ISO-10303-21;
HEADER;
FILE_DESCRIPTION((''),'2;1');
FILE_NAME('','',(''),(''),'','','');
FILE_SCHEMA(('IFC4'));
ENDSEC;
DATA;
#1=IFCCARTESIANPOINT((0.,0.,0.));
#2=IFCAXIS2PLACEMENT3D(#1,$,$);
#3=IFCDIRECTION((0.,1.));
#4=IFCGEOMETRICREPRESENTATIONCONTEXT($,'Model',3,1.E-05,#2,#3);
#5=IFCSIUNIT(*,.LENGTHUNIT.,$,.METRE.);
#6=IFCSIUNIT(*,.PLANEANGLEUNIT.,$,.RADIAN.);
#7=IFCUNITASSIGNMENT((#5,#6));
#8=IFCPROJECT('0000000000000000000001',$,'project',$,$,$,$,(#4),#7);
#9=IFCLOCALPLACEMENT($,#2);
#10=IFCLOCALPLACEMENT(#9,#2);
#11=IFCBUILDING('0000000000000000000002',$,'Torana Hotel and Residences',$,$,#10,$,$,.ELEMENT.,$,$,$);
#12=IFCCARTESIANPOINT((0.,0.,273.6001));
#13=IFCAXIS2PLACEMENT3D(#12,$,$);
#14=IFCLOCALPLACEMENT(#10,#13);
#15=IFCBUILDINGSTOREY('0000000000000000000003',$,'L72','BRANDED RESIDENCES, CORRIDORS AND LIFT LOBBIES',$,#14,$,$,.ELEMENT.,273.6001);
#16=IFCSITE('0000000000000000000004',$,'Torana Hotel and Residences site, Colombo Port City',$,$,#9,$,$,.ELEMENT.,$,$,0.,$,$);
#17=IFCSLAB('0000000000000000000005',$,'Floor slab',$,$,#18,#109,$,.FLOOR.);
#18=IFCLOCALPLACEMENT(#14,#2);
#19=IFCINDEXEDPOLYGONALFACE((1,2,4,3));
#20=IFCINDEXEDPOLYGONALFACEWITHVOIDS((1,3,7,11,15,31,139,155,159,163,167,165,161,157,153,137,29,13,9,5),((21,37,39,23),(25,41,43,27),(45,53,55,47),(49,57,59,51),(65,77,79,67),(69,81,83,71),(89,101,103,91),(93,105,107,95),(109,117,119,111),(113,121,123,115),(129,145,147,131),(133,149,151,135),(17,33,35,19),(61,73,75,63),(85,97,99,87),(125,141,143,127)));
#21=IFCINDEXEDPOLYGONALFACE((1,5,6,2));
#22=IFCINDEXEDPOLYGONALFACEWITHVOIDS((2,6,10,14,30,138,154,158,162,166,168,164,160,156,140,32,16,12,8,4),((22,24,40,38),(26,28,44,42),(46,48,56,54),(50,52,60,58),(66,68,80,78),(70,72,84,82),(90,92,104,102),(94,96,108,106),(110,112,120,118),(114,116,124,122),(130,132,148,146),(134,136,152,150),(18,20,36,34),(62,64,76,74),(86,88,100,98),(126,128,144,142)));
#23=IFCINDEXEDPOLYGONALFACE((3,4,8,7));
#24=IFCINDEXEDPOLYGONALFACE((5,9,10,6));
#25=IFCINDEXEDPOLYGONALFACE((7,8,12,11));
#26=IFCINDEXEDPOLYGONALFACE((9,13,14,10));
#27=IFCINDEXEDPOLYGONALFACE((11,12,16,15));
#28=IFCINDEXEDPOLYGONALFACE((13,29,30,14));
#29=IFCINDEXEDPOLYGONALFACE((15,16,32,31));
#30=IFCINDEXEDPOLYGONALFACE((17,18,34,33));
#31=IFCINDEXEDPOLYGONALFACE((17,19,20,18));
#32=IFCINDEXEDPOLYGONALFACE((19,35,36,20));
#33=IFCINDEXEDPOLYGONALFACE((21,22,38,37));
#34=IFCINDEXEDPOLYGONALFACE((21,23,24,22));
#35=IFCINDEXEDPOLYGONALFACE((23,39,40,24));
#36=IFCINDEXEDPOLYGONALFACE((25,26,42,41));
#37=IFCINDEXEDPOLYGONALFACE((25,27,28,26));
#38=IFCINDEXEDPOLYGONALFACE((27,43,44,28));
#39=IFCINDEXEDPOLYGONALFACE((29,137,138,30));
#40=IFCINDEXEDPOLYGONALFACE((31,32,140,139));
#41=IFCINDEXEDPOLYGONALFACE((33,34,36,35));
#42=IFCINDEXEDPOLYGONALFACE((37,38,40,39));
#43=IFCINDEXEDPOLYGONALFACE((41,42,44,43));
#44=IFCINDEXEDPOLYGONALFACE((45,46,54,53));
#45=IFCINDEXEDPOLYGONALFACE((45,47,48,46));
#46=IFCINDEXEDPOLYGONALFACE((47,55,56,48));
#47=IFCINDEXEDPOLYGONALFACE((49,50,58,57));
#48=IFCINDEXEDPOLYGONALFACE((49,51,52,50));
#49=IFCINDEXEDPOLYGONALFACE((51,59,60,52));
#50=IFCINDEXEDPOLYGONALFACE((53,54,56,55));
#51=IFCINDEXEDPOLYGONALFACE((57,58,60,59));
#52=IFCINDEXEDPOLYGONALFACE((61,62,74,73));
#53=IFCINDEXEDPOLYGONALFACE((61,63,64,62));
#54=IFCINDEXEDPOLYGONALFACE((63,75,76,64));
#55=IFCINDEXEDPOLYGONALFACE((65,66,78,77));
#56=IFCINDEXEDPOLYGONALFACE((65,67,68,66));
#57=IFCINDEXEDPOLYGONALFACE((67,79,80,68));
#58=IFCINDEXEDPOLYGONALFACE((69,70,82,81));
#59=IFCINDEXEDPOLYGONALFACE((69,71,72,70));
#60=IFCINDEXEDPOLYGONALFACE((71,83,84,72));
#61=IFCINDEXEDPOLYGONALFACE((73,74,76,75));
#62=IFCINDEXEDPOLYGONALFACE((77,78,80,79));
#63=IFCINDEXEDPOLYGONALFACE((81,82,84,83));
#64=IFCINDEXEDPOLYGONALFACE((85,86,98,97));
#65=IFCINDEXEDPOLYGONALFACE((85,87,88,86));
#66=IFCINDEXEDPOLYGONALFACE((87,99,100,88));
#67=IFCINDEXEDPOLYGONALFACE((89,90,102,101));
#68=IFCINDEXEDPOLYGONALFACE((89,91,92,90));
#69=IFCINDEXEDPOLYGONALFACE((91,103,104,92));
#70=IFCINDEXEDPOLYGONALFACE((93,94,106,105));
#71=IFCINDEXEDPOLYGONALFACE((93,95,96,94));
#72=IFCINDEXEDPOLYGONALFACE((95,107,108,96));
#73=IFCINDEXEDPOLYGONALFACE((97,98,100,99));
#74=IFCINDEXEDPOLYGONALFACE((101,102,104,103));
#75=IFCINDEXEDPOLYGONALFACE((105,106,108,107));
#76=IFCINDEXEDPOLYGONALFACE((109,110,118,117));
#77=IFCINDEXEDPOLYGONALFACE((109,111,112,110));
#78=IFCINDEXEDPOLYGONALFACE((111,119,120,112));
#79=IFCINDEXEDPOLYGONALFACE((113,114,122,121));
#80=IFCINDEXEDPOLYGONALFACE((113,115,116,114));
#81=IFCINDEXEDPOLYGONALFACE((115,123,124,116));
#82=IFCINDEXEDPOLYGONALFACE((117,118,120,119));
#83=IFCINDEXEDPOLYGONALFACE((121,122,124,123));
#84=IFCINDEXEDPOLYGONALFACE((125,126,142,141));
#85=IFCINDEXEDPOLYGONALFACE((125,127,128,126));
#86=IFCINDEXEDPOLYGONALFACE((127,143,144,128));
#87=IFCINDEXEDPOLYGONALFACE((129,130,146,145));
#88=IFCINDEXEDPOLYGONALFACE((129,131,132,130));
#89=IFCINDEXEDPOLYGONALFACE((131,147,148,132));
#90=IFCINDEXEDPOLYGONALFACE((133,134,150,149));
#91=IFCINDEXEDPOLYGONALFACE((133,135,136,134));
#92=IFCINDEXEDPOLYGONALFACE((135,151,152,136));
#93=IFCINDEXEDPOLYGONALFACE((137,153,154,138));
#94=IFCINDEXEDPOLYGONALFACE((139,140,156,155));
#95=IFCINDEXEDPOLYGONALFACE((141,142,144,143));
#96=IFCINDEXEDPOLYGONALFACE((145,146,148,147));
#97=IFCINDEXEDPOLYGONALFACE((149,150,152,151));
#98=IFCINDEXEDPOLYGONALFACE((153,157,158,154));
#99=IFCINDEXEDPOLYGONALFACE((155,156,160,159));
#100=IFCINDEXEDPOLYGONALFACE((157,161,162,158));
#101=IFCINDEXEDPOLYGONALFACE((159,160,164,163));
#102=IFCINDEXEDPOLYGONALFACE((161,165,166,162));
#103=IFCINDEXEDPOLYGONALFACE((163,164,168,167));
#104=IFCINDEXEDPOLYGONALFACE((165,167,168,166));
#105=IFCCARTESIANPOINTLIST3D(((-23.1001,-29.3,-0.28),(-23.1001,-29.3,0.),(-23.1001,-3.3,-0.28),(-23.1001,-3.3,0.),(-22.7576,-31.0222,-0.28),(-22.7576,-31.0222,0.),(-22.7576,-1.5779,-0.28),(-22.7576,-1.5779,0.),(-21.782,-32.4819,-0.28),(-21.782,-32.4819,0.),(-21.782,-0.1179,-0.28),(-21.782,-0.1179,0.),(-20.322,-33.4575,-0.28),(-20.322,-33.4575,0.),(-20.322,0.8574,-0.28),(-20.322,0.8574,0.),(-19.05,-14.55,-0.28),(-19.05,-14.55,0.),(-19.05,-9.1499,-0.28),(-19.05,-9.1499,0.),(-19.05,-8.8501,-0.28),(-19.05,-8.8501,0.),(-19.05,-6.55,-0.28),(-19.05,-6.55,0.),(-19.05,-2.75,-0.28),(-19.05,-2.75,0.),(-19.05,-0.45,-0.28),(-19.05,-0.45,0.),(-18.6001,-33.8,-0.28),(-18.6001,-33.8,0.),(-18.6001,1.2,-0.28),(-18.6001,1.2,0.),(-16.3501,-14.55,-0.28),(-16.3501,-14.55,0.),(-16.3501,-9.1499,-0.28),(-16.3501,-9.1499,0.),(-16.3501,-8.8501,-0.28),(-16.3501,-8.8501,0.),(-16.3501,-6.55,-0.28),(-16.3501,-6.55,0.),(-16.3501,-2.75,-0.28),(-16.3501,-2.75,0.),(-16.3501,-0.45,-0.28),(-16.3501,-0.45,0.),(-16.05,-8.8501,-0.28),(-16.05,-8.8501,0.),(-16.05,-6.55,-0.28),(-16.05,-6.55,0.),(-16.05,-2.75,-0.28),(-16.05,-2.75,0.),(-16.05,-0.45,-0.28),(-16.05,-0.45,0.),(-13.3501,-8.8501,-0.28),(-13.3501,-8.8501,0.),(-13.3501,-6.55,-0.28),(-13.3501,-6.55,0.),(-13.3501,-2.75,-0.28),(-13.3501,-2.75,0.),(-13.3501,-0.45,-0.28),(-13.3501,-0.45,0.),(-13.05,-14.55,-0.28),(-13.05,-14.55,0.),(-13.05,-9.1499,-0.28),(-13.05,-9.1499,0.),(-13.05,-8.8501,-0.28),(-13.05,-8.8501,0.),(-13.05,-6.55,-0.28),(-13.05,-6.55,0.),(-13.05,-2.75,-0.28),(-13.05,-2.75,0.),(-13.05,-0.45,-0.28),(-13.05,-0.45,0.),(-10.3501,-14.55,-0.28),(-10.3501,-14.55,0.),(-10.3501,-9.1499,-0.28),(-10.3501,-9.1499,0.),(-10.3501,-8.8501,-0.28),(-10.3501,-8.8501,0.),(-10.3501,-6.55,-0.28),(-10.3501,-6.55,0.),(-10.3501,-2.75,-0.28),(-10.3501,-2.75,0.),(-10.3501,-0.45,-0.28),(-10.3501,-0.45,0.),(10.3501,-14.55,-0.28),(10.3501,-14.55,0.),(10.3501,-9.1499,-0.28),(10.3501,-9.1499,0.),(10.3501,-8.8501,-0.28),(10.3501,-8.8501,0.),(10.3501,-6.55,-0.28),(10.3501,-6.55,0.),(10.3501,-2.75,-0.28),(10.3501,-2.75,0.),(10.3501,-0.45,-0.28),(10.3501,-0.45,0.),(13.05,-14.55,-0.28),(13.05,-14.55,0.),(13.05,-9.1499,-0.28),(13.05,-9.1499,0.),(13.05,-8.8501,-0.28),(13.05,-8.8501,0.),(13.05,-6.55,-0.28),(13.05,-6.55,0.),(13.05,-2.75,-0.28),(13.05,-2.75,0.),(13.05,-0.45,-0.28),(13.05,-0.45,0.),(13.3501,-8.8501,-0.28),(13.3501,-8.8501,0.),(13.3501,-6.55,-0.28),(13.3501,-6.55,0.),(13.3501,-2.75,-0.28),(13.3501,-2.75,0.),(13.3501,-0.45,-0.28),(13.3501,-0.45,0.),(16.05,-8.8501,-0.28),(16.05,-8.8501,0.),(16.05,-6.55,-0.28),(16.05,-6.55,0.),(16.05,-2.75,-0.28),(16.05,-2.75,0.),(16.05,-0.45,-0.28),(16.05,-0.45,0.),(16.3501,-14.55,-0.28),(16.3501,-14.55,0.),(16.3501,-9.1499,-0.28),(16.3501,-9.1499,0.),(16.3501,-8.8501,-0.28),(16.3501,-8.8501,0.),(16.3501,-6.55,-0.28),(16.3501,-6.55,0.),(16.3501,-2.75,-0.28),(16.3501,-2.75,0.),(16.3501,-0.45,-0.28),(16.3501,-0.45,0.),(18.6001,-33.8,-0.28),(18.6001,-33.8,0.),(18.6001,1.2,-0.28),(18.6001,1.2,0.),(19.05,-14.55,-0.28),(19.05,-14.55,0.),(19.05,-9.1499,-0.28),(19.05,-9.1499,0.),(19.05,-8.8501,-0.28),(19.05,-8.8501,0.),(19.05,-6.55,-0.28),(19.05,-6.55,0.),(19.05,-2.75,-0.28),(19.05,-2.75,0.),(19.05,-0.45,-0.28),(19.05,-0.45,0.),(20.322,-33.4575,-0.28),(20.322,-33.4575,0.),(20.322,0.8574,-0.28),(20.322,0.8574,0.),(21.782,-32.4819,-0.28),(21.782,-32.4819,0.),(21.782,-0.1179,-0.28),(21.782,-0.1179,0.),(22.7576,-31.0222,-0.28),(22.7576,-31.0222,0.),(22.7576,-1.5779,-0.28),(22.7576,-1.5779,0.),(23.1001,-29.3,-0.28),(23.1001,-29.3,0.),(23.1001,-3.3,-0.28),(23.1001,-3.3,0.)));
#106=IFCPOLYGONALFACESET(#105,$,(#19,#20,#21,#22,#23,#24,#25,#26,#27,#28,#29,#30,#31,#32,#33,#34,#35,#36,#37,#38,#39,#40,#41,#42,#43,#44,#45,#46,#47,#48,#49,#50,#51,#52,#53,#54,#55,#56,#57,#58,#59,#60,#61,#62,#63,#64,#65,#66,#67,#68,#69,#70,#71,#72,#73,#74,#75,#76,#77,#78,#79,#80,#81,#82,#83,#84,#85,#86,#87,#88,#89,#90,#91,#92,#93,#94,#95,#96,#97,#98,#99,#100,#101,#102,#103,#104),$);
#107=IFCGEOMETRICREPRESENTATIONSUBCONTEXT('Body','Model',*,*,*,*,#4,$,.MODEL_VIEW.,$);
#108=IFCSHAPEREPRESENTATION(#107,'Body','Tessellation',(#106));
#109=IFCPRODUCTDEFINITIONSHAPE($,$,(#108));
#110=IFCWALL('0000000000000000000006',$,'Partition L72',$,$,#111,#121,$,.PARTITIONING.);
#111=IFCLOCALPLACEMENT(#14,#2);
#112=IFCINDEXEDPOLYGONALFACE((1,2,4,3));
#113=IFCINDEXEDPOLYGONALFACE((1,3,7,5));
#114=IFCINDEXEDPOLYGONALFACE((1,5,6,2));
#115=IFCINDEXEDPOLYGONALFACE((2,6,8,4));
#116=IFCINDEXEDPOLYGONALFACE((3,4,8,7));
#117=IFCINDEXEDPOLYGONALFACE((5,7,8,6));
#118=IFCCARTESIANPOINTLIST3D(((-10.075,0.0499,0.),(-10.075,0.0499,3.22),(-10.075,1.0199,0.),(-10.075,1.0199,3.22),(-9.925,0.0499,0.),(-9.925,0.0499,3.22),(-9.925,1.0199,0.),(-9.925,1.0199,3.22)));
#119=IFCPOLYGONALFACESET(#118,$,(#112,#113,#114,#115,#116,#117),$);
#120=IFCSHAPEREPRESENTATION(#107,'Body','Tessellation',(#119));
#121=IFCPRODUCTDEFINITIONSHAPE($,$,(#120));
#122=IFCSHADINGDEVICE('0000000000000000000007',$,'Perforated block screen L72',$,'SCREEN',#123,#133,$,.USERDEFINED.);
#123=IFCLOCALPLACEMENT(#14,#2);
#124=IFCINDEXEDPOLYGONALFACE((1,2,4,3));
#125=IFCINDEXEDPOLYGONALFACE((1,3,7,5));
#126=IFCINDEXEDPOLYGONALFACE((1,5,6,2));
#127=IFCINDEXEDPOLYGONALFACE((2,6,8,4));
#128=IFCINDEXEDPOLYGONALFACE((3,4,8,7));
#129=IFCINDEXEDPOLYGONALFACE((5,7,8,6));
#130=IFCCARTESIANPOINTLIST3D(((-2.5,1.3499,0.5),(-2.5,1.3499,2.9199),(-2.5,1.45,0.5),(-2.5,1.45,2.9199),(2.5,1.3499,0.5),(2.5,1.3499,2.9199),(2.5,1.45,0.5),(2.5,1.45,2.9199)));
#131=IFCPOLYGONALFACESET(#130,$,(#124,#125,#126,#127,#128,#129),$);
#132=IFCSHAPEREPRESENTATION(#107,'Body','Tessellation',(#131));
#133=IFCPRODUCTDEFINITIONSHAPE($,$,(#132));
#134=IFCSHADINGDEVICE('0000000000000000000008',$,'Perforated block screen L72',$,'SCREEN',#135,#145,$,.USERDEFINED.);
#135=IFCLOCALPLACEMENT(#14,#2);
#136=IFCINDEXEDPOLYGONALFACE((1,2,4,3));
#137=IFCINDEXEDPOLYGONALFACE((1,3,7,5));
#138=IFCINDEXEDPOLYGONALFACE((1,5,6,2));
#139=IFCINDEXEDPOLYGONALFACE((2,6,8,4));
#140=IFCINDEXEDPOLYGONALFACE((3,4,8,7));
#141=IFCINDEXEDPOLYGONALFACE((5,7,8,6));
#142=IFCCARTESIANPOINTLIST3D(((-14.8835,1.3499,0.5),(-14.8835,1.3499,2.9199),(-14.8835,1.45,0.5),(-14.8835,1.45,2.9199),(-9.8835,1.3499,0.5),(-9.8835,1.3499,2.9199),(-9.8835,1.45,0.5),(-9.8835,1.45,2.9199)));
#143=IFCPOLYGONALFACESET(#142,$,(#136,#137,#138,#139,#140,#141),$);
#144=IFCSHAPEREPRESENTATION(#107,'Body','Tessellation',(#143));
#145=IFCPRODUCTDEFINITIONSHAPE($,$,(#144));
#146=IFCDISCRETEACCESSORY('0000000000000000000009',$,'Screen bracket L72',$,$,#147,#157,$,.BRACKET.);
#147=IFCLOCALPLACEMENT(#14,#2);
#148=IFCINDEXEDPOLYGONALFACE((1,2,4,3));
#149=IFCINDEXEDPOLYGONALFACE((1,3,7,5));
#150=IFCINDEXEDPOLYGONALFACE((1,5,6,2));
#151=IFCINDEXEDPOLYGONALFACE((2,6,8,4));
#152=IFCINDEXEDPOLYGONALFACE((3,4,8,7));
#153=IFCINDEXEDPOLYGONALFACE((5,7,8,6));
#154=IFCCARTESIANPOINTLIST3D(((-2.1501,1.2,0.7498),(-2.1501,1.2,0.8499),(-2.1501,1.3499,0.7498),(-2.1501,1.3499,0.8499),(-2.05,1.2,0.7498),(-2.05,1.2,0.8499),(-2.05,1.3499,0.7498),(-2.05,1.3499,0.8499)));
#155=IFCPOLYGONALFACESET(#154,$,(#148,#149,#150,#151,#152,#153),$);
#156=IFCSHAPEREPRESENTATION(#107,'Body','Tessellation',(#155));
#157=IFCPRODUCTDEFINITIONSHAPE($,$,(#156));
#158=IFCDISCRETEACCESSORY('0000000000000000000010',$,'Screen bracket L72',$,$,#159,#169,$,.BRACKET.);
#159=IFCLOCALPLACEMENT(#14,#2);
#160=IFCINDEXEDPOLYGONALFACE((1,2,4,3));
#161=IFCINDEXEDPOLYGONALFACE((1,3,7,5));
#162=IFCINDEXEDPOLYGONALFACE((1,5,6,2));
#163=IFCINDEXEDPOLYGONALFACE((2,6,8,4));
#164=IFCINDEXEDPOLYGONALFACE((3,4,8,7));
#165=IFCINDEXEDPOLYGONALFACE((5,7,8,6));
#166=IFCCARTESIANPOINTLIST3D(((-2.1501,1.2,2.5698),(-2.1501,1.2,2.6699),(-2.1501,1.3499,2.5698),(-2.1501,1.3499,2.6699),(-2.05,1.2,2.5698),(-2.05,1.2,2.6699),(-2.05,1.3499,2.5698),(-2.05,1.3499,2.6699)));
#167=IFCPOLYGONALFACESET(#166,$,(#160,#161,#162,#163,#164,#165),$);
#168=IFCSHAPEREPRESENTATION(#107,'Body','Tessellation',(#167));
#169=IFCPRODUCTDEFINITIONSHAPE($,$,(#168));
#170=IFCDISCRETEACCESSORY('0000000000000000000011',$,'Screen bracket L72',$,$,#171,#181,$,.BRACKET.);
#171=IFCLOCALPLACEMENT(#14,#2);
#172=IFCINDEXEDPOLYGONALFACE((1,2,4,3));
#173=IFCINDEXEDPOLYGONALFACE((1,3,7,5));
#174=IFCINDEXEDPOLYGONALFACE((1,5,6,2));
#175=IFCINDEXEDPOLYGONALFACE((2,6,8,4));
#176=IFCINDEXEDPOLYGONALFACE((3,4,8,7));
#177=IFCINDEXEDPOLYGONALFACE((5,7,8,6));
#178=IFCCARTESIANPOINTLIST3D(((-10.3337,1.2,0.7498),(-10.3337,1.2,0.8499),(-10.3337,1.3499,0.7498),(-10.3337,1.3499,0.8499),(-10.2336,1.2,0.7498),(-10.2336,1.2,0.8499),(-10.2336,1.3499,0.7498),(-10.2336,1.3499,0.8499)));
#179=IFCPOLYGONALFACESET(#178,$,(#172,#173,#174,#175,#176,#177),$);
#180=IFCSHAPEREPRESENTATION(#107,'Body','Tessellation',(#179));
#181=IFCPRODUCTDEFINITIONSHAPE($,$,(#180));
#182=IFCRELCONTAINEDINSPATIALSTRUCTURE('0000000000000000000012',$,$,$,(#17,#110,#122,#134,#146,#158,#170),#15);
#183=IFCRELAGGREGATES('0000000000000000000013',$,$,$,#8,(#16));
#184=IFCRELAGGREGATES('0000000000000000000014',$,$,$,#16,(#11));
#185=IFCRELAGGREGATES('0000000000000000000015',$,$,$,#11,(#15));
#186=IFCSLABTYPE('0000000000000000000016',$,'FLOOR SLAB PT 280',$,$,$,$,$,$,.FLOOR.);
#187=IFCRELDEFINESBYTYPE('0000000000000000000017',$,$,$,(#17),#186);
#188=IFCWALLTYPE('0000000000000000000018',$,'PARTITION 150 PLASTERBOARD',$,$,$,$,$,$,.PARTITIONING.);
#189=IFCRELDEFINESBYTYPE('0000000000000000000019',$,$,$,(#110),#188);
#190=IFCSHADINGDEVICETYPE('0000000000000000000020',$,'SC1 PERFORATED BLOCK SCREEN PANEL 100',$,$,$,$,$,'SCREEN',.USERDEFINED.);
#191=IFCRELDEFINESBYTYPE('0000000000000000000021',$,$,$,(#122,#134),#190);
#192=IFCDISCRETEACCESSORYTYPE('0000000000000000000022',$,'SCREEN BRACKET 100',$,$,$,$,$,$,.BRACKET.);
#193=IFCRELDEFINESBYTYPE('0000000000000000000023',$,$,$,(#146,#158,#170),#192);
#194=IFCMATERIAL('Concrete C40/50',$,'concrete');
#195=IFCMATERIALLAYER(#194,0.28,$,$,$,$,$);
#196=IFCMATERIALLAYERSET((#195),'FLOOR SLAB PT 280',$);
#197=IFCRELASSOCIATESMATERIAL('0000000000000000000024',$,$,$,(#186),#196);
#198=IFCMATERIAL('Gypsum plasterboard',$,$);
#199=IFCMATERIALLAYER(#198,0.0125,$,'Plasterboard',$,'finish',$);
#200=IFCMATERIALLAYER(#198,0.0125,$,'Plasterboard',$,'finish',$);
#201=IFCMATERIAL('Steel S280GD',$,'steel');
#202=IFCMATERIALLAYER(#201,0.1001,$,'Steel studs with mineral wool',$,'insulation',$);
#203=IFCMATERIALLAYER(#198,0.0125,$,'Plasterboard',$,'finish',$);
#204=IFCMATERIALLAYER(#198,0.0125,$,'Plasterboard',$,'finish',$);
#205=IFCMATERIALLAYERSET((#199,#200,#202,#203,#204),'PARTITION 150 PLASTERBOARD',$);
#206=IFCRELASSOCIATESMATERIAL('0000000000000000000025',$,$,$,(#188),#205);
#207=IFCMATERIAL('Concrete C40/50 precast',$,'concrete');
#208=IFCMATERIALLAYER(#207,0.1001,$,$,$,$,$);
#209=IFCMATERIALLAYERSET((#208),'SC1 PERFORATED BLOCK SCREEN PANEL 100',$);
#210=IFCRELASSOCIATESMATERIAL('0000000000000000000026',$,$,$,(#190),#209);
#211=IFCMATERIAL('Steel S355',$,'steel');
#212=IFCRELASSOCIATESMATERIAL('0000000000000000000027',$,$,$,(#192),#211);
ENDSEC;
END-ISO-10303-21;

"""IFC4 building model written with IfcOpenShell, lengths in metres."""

from ifc_helpers import new_model, si_unit, direction, frame, frame_2d, origin, origin_2d, place, context, subcontext, project, spatial, polyline, rectangle, outline, extrude, material, layer, layer_set, type_object, element, save


model = new_model("IFC4")

# Units and contexts
model_context = context("Model", 3, precision=1e-05, world=origin(), true_north=direction((0.0, 1.0)))
body_context = subcontext(model_context, "Body", "Model", "MODEL_VIEW")
ifc_project = project(units=[si_unit("LENGTHUNIT", "METRE"), si_unit("PLANEANGLEUNIT", "RADIAN")], contexts=[model_context])

# Site, building, storey
site_placement = place(None, origin())
site = spatial("IfcSite", under=ifc_project, at=site_placement, Name="Torana Hotel and Residences site, Colombo Port City", CompositionType="ELEMENT", RefElevation=0.0)
building_placement = place(site_placement, origin())
building = spatial("IfcBuilding", under=site, at=building_placement, Name="Torana Hotel and Residences", CompositionType="ELEMENT")
storey_placement = place(building_placement, frame((0.0, 0.0, 273.6001)))
storey = spatial("IfcBuildingStorey", under=building, at=storey_placement, Name="L72", Description="BRANDED RESIDENCES, CORRIDORS AND LIFT LOBBIES", CompositionType="ELEMENT", Elevation=273.6001)

# Slab
ifc_material_1 = material(Name="Concrete C40/50", Category="concrete")
ifc_layer_1 = layer(ifc_material_1, 0.28)
ifc_layer_set_1 = layer_set([ifc_layer_1], Name="FLOOR SLAB PT 280")
slab_type_1 = type_object("IfcSlabType", Name="FLOOR SLAB PT 280", PredefinedType="FLOOR", material=ifc_layer_set_1)
slab_1_placement = place(storey_placement, frame((0.0, 0.0, -0.28)))
element("IfcSlab", 1, at=slab_1_placement, inside=storey, type_object=slab_type_1, Name="Floor slab", PredefinedType="FLOOR", context=body_context, shape_type="SweptSolid", body=[
    extrude(outline(polyline([(23.1001, -3.3), (22.7576, -1.5779), (21.782, -0.1179), (20.322, 0.8574), (18.6001, 1.2), (-18.6001, 1.2), (-20.322, 0.8574), (-21.782, -0.1179), (-22.7576, -1.5779), (-23.1001, -3.3), (-23.1001, -29.3), (-22.7576, -31.0222), (-21.782, -32.4819), (-20.322, -33.4575), (-18.6001, -33.8), (18.6001, -33.8), (20.322, -33.4575), (21.782, -32.4819), (22.7576, -31.0222), (23.1001, -29.3), (23.1001, -3.3)]), holes=[polyline([(-13.05, -14.55), (-10.3501, -14.55), (-10.3501, -9.1499), (-13.05, -9.1499), (-13.05, -14.55)]), polyline([(-19.05, -14.55), (-16.3501, -14.55), (-16.3501, -9.1499), (-19.05, -9.1499), (-19.05, -14.55)]), polyline([(-19.05, -2.75), (-16.3501, -2.75), (-16.3501, -0.45), (-19.05, -0.45), (-19.05, -2.75)]), polyline([(-13.05, -2.75), (-10.3501, -2.75), (-10.3501, -0.45), (-13.05, -0.45), (-13.05, -2.75)]), polyline([(-16.05, -2.75), (-13.3501, -2.75), (-13.3501, -0.45), (-16.05, -0.45), (-16.05, -2.75)]), polyline([(-13.05, -8.8501), (-10.3501, -8.8501), (-10.3501, -6.55), (-13.05, -6.55), (-13.05, -8.8501)]), polyline([(-16.05, -8.8501), (-13.3501, -8.8501), (-13.3501, -6.55), (-16.05, -6.55), (-16.05, -8.8501)]), polyline([(-19.05, -8.8501), (-16.3501, -8.8501), (-16.3501, -6.55), (-19.05, -6.55), (-19.05, -8.8501)]), polyline([(10.3501, -14.55), (13.05, -14.55), (13.05, -9.1499), (10.3501, -9.1499), (10.3501, -14.55)]), polyline([(16.3501, -14.55), (19.05, -14.55), (19.05, -9.1499), (16.3501, -9.1499), (16.3501, -14.55)]), polyline([(16.3501, -2.75), (19.05, -2.75), (19.05, -0.45), (16.3501, -0.45), (16.3501, -2.75)]), polyline([(10.3501, -2.75), (13.05, -2.75), (13.05, -0.45), (10.3501, -0.45), (10.3501, -2.75)]), polyline([(13.3501, -2.75), (16.05, -2.75), (16.05, -0.45), (13.3501, -0.45), (13.3501, -2.75)]), polyline([(10.3501, -8.8501), (13.05, -8.8501), (13.05, -6.55), (10.3501, -6.55), (10.3501, -8.8501)]), polyline([(13.3501, -8.8501), (16.05, -8.8501), (16.05, -6.55), (13.3501, -6.55), (13.3501, -8.8501)]), polyline([(16.3501, -8.8501), (19.05, -8.8501), (19.05, -6.55), (16.3501, -6.55), (16.3501, -8.8501)])]), origin(), (0.0, 0.0, 1.0), 0.28),
])

# Wall
ifc_material_2 = material(Name="Gypsum plasterboard")
ifc_layer_2 = layer(ifc_material_2, 0.0125, Name="Plasterboard", Category="finish")
ifc_layer_3 = layer(ifc_material_2, 0.0125, Name="Plasterboard", Category="finish")
ifc_material_3 = material(Name="Steel S280GD", Category="steel")
ifc_layer_4 = layer(ifc_material_3, 0.1001, Name="Steel studs with mineral wool", Category="insulation")
ifc_layer_5 = layer(ifc_material_2, 0.0125, Name="Plasterboard", Category="finish")
ifc_layer_6 = layer(ifc_material_2, 0.0125, Name="Plasterboard", Category="finish")
ifc_layer_set_2 = layer_set([ifc_layer_2, ifc_layer_3, ifc_layer_4, ifc_layer_5, ifc_layer_6], Name="PARTITION 150 PLASTERBOARD")
wall_type = type_object("IfcWallType", Name="PARTITION 150 PLASTERBOARD", PredefinedType="PARTITIONING", material=ifc_layer_set_2)
wall_placement = place(storey_placement, frame((-10.0, 0.05, 0.0), z_axis=(0.0, 0.0, 1.0), x_axis=(0.0, 1.0, 0.0)))
element("IfcWall", 2, at=wall_placement, inside=storey, type_object=wall_type, Name="Partition L72", PredefinedType="PARTITIONING", context=body_context, shape_type="SweptSolid", body=[
    extrude(rectangle(XDim=0.97, YDim=0.1499, at=frame_2d((0.4849, 0.0))), origin(), (0.0, 0.0, 1.0), 3.22),
])

# Shading devices
ifc_material_4 = material(Name="Concrete C40/50 precast", Category="concrete")
ifc_layer_7 = layer(ifc_material_4, 0.1001)
ifc_layer_set_3 = layer_set([ifc_layer_7], Name="SC1 PERFORATED BLOCK SCREEN PANEL 100")
shading_device_type = type_object("IfcShadingDeviceType", Name="SC1 PERFORATED BLOCK SCREEN PANEL 100", ElementType="SCREEN", PredefinedType="USERDEFINED", material=ifc_layer_set_3)
for number, where, z_axis, x_axis, name in (
    (3, (0.0, 1.3999, 0.5), (0.0, 0.0, 1.0), (-1.0, 0.0, 0.0), "Perforated block screen L72"),
    (4, (-12.3835, 1.3999, 0.5), (0.0, 0.0, 1.0), (-1.0, 0.0, 0.0), "Perforated block screen L72"),
):
    element("IfcShadingDevice", number, at=place(storey_placement, frame(where, z_axis=z_axis, x_axis=x_axis)), inside=storey, type_object=shading_device_type, Name=name, ObjectType="SCREEN", PredefinedType="USERDEFINED", context=body_context, shape_type="SweptSolid", body=[
        extrude(rectangle(XDim=5.0, YDim=0.1001, at=origin_2d()), origin(), (0.0, 0.0, 1.0), 2.4199),
    ])

# Discrete accessories
ifc_material_5 = material(Name="Steel S355", Category="steel")
discrete_accessory_type = type_object("IfcDiscreteAccessoryType", Name="SCREEN BRACKET 100", PredefinedType="BRACKET", material=ifc_material_5)
for number, where, z_axis, x_axis, name in (
    (5, (-2.1001, 1.2749, 0.7498), (0.0, 0.0, 1.0), (-1.0, 0.0, 0.0), "Screen bracket L72"),
    (6, (-2.1001, 1.2749, 2.5698), (0.0, 0.0, 1.0), (-1.0, 0.0, 0.0), "Screen bracket L72"),
    (7, (-10.2837, 1.2749, 0.7498), (0.0, 0.0, 1.0), (-1.0, 0.0, 0.0), "Screen bracket L72"),
):
    element("IfcDiscreteAccessory", number, at=place(storey_placement, frame(where, z_axis=z_axis, x_axis=x_axis)), inside=storey, type_object=discrete_accessory_type, Name=name, PredefinedType="BRACKET", context=body_context, shape_type="SweptSolid", body=[
        extrude(rectangle(XDim=0.1001, YDim=0.1499, at=origin_2d()), origin(), (0.0, 0.0, 1.0), 0.1001),
    ])

save(model, "model.ifc")
